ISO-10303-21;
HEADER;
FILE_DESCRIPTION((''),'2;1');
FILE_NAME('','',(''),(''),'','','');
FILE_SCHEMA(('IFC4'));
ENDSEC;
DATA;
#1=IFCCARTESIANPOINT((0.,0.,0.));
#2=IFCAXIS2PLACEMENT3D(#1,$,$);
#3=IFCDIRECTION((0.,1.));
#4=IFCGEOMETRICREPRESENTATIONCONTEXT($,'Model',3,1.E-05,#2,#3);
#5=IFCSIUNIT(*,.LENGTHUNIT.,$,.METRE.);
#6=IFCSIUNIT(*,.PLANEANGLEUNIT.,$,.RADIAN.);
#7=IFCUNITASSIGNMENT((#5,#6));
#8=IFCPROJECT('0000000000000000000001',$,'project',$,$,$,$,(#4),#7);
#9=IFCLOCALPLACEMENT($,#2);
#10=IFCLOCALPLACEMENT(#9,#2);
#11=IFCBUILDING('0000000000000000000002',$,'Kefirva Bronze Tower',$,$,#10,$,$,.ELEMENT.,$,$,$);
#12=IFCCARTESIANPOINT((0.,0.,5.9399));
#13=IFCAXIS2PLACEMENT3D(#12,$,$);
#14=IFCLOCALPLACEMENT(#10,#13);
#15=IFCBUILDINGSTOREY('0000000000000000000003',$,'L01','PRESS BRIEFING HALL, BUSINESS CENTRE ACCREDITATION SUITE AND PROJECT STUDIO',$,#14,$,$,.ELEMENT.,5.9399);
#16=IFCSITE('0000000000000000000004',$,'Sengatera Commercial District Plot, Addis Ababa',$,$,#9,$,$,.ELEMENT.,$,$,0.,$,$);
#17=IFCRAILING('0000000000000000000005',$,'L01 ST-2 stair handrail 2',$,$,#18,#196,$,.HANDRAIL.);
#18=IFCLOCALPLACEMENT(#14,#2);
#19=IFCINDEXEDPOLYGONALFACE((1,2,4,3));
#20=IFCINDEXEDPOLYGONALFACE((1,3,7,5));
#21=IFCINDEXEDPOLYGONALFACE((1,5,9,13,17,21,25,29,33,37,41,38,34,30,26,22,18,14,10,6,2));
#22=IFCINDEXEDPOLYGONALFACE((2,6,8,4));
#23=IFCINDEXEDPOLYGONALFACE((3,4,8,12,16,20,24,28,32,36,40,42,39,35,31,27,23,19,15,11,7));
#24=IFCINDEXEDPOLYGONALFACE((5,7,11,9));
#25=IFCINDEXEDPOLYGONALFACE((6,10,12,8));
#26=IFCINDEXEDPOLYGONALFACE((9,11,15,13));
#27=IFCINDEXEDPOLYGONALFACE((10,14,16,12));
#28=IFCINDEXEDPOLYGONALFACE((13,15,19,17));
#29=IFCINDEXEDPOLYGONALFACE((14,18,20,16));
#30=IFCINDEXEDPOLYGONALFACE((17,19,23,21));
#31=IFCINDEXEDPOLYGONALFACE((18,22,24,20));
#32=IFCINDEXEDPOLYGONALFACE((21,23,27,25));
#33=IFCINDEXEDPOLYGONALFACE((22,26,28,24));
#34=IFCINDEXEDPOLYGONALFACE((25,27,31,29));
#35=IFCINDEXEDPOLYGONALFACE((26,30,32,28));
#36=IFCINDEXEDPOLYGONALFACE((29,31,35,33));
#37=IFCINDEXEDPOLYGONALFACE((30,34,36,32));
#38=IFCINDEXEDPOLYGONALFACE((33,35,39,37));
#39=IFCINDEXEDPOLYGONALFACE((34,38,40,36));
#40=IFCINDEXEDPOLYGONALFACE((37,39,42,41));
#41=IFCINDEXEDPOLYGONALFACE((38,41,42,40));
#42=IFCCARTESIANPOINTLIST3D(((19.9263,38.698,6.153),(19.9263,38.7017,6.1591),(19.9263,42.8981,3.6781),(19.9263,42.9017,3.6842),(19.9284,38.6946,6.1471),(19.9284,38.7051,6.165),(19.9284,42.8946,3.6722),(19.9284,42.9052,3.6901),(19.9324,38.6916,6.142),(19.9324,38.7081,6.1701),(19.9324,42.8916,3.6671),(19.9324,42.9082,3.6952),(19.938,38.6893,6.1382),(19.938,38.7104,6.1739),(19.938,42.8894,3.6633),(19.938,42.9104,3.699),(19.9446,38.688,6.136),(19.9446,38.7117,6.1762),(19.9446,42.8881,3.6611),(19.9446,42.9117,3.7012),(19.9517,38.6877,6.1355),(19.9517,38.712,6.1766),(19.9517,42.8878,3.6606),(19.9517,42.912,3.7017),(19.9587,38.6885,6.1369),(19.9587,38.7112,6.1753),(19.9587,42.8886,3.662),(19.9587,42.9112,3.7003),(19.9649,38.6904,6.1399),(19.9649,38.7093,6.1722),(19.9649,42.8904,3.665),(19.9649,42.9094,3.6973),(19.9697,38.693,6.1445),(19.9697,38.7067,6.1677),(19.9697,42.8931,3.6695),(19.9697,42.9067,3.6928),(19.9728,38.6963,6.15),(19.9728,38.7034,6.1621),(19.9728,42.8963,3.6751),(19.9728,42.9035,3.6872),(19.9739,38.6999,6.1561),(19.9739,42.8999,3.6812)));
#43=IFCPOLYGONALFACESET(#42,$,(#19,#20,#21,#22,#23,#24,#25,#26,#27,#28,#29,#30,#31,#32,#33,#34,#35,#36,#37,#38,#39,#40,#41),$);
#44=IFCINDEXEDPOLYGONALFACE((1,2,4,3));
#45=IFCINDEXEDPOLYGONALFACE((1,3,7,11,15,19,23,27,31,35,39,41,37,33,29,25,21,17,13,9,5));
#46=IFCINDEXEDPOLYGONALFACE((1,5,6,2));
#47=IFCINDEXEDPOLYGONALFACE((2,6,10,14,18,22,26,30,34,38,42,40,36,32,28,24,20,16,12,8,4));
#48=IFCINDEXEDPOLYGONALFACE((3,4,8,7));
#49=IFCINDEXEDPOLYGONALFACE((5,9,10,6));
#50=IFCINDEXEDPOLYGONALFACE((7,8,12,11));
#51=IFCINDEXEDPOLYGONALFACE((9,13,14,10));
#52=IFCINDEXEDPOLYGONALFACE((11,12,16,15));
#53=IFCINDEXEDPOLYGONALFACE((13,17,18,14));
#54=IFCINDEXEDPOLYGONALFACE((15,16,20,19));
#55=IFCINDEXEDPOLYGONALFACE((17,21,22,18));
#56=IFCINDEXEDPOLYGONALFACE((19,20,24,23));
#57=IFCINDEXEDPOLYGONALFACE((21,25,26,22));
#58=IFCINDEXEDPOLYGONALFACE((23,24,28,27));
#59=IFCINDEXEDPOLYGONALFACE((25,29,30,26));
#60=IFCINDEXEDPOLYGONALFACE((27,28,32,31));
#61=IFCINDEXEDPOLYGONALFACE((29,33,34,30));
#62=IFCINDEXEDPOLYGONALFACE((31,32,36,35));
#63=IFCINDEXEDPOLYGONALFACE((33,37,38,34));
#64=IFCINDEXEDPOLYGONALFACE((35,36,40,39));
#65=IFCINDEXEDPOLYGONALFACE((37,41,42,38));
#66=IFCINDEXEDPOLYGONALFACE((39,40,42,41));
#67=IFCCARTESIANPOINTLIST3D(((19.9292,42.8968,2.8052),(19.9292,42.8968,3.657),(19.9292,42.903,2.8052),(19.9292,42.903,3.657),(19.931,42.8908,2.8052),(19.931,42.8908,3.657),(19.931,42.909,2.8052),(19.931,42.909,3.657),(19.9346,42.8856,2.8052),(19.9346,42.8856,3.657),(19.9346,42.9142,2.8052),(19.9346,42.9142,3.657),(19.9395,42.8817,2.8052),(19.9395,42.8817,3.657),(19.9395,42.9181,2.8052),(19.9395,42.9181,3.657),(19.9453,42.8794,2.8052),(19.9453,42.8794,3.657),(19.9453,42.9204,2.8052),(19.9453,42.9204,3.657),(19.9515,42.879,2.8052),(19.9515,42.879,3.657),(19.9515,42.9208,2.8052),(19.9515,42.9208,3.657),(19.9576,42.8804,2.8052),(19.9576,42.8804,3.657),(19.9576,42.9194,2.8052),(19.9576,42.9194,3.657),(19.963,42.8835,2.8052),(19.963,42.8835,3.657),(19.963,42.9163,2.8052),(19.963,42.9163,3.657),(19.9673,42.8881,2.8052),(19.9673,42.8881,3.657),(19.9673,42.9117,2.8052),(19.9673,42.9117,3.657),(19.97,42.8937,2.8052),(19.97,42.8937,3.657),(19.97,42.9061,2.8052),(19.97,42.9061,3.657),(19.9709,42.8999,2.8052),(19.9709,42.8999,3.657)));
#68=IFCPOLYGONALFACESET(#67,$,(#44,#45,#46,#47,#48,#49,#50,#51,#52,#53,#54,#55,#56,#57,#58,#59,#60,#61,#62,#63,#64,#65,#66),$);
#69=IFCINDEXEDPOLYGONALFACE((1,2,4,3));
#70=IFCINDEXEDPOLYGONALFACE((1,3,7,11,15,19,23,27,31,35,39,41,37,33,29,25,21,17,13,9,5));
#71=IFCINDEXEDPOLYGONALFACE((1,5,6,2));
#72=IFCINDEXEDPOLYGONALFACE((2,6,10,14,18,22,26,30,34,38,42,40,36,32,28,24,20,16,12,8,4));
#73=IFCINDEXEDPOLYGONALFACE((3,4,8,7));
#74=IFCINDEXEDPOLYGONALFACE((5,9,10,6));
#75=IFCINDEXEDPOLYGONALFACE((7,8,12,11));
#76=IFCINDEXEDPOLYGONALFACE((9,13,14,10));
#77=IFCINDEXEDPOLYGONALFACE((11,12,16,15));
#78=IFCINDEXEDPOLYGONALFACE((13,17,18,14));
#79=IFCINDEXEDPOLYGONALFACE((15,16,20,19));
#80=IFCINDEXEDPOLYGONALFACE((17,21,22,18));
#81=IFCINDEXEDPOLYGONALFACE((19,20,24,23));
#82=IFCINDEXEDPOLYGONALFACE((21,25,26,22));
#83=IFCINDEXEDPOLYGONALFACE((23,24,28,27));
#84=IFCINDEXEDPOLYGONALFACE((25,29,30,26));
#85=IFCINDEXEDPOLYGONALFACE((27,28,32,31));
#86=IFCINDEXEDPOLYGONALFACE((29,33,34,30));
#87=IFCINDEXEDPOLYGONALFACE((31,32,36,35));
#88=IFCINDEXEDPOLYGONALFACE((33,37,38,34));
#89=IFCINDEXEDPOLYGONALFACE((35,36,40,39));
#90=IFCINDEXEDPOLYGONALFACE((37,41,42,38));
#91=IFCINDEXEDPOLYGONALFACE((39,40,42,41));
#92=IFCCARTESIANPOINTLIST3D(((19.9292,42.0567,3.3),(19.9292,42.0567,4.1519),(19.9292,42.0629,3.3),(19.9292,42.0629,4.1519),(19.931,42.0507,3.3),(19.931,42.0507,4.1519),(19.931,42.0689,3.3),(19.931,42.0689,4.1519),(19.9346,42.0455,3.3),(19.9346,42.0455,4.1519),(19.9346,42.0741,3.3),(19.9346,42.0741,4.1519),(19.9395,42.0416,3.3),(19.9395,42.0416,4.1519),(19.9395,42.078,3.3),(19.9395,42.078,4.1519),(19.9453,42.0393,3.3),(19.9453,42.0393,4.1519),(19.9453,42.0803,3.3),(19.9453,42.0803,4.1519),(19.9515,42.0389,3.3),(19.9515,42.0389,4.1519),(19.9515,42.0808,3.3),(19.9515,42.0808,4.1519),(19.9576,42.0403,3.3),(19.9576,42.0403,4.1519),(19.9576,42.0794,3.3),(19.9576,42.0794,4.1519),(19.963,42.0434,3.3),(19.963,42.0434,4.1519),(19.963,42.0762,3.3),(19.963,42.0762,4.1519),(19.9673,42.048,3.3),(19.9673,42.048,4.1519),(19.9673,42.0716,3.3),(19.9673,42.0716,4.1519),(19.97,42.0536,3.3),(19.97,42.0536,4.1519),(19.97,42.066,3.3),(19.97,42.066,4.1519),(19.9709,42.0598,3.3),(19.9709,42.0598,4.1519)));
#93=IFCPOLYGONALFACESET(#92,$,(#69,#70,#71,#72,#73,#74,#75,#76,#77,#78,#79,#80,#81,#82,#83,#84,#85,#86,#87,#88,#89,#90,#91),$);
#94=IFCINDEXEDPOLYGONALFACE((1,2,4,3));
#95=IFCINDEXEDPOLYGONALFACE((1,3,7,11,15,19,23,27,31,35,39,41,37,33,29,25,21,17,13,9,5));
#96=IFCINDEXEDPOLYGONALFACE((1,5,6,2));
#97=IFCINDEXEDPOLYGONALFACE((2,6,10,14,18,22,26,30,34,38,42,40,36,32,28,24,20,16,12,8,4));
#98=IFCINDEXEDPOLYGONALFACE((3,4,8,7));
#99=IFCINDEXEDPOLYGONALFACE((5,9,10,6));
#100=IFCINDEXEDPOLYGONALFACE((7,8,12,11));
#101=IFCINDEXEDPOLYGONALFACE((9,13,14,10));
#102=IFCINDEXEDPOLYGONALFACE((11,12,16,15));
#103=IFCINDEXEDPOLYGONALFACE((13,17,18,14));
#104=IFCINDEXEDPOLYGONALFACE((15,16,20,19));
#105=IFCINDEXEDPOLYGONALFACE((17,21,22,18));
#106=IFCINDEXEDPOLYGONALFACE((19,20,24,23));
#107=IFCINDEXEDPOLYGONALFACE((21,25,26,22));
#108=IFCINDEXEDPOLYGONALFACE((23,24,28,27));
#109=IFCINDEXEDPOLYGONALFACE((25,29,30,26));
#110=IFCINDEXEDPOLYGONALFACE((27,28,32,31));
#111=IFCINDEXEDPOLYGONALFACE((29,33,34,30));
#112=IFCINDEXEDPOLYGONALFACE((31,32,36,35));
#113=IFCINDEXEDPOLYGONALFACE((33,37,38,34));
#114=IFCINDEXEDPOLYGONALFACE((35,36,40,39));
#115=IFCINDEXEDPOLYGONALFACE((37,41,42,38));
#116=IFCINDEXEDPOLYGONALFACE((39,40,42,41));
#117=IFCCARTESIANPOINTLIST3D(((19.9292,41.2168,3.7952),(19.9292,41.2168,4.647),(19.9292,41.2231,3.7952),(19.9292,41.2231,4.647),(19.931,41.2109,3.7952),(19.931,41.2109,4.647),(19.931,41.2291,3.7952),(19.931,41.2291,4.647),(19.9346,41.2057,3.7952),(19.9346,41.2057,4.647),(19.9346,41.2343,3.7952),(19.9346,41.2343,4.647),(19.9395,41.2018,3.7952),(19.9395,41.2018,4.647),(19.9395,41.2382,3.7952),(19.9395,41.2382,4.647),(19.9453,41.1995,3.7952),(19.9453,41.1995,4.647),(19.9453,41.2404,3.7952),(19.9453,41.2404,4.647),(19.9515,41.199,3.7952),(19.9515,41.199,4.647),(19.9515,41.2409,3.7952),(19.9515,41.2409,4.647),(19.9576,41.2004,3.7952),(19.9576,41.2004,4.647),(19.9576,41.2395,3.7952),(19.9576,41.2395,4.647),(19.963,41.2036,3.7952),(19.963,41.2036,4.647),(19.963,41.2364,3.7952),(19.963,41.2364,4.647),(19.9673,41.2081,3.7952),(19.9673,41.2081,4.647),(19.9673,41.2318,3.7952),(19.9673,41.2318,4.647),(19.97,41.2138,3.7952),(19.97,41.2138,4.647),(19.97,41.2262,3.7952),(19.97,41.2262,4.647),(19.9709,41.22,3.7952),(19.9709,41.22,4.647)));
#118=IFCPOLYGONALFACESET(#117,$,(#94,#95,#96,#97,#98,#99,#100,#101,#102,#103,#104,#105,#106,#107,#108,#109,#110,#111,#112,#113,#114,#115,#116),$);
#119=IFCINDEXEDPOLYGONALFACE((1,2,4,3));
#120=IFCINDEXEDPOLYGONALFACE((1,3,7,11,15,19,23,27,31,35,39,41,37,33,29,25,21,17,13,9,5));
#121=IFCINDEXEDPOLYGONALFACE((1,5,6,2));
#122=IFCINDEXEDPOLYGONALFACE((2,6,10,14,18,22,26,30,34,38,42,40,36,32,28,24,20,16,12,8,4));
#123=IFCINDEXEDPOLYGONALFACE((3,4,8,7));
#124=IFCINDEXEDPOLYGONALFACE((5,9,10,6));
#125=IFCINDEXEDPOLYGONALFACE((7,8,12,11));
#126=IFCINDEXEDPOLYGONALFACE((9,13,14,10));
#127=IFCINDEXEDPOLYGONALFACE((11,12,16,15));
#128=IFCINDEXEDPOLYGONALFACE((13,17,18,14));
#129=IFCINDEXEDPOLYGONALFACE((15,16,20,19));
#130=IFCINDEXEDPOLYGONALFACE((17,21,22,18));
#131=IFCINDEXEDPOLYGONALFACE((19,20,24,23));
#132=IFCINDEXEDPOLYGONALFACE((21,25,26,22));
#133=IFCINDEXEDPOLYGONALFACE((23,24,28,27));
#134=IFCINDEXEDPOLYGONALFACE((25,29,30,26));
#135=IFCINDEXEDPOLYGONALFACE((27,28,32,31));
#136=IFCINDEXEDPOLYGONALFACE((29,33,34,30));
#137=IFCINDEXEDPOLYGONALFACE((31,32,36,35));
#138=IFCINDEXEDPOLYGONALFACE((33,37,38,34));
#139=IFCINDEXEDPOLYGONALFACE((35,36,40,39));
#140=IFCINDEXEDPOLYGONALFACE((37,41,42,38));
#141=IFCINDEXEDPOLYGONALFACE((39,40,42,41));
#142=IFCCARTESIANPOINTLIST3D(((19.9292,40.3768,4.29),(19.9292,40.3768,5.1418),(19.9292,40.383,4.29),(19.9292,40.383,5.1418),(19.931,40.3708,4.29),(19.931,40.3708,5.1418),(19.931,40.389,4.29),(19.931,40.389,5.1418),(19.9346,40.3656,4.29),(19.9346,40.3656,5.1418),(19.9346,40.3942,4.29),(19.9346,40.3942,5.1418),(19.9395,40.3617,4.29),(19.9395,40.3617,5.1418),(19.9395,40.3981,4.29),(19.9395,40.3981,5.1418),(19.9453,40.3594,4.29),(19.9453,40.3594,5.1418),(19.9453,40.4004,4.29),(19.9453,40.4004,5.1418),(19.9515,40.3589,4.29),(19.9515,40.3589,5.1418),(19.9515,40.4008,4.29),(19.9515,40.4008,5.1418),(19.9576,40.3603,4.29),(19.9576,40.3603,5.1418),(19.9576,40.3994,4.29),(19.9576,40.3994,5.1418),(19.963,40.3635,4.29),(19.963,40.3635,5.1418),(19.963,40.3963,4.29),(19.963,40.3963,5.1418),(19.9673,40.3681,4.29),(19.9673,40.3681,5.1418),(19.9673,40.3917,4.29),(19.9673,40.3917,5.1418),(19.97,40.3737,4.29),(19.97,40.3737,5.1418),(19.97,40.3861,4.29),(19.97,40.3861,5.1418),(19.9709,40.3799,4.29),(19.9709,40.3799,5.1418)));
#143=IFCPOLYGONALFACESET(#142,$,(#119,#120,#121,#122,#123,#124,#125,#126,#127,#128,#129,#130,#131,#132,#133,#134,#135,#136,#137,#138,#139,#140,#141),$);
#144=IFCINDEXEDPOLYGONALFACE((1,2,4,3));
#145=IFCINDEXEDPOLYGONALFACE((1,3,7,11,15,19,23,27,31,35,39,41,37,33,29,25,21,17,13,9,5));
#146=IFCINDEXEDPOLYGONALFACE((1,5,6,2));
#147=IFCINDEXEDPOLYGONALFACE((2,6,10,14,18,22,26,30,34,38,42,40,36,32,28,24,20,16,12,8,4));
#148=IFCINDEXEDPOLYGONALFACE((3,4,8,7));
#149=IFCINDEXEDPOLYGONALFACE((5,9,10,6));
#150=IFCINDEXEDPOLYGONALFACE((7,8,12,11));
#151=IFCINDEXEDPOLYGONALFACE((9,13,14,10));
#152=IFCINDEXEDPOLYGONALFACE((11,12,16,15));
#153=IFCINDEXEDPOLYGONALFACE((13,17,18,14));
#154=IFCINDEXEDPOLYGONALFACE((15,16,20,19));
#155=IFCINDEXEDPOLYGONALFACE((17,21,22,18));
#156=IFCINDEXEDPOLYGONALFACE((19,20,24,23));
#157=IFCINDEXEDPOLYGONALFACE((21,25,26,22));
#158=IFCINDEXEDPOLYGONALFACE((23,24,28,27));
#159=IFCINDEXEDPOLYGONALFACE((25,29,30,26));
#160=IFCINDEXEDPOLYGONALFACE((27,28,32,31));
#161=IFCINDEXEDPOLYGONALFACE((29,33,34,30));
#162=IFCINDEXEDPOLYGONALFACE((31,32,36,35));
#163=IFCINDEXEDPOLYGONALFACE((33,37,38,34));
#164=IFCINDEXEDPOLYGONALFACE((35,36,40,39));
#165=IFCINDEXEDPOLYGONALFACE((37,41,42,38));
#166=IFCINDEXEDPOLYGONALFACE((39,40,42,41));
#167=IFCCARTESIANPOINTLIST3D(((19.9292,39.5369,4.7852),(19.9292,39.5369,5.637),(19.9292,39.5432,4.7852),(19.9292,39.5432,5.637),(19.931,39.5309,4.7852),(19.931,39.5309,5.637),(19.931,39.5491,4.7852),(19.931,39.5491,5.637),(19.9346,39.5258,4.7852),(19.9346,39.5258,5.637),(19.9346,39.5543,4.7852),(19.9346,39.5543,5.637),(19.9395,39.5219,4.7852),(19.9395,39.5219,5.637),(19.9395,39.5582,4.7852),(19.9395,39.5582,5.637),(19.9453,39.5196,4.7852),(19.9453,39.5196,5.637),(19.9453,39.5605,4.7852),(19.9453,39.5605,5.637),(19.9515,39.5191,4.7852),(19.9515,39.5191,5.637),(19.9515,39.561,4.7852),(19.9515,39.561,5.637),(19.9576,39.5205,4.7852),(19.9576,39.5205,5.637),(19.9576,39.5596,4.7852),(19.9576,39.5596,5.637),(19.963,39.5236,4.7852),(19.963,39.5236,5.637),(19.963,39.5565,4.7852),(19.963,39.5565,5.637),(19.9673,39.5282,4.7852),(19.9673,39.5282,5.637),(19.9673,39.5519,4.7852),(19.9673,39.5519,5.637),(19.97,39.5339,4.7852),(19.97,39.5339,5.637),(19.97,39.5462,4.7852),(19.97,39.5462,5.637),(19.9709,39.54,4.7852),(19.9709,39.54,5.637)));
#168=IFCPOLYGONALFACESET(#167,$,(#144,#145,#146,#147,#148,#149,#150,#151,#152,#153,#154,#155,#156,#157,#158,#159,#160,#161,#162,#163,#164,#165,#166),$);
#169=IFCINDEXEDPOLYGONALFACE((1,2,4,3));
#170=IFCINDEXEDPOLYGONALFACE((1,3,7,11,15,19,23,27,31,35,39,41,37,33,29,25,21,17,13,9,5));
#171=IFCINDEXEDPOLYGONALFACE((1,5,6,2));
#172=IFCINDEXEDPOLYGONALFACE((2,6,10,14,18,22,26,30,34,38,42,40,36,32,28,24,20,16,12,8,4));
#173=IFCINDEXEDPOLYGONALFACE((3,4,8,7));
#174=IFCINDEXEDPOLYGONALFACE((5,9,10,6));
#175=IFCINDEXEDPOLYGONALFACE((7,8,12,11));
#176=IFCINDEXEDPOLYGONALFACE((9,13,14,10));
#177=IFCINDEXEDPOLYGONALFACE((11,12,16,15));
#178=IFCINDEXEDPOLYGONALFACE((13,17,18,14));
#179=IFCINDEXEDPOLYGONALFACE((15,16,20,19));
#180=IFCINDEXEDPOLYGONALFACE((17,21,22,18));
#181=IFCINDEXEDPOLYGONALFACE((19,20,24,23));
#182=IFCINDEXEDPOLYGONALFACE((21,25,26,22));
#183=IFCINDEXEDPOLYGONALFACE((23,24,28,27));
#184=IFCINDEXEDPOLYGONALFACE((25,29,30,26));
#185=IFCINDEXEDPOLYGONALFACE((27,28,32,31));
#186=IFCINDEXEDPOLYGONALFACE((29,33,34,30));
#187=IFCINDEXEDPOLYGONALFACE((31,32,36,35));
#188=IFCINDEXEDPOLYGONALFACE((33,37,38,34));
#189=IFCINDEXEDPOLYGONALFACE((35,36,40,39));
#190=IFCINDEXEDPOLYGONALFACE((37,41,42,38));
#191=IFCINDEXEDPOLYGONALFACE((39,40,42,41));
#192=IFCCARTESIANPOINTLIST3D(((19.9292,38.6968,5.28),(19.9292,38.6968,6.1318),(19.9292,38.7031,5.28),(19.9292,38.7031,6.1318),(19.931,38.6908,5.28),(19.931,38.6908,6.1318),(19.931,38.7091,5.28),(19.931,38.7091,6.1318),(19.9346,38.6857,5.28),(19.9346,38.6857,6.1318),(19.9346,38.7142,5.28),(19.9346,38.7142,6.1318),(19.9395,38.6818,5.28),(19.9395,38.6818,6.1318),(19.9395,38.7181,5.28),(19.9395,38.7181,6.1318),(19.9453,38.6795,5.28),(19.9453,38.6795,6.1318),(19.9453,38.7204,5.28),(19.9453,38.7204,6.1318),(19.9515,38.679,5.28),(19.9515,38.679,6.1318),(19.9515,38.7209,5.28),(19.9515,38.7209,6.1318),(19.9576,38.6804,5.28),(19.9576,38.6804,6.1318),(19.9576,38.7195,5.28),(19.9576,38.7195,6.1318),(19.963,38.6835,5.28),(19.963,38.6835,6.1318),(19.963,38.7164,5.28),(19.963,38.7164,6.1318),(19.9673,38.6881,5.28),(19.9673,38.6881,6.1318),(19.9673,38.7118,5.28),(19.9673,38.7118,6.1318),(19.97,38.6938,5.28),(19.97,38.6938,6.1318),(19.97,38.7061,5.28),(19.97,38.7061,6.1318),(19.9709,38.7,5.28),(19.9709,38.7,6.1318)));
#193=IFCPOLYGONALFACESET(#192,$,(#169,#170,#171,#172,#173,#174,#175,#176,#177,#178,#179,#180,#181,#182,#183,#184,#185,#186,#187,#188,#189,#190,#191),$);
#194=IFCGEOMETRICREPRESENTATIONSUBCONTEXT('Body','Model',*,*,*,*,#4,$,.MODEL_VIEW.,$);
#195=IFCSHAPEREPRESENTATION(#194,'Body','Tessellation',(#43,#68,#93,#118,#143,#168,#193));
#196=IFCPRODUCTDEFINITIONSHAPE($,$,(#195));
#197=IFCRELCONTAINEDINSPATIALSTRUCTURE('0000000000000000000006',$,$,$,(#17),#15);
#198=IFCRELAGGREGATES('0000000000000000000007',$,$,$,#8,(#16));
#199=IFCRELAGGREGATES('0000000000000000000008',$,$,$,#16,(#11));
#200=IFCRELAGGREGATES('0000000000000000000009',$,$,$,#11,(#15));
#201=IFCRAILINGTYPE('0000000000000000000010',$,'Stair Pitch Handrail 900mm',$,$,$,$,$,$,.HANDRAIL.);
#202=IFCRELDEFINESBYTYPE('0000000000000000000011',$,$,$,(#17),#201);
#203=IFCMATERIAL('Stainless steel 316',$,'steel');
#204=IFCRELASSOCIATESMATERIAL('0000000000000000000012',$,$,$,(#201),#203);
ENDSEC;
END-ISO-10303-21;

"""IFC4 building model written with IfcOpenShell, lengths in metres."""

from ifc_helpers import new_model, si_unit, direction, frame, origin, origin_2d, place, context, subcontext, project, spatial, circle, extrude, material, type_object, element, save


model = new_model("IFC4")

# Units and contexts
model_context = context("Model", 3, precision=1e-05, world=origin(), true_north=direction((0.0, 1.0)))
body_context = subcontext(model_context, "Body", "Model", "MODEL_VIEW")
ifc_project = project(units=[si_unit("LENGTHUNIT", "METRE"), si_unit("PLANEANGLEUNIT", "RADIAN")], contexts=[model_context])

# Site, building, storey
site_placement = place(None, origin())
site = spatial("IfcSite", under=ifc_project, at=site_placement, Name="Sengatera Commercial District Plot, Addis Ababa", CompositionType="ELEMENT", RefElevation=0.0)
building_placement = place(site_placement, origin())
building = spatial("IfcBuilding", under=site, at=building_placement, Name="Kefirva Bronze Tower", CompositionType="ELEMENT")
storey_placement = place(building_placement, frame((0.0, 0.0, 5.9399)))
storey = spatial("IfcBuildingStorey", under=building, at=storey_placement, Name="L01", Description="PRESS BRIEFING HALL, BUSINESS CENTRE ACCREDITATION SUITE AND PROJECT STUDIO", CompositionType="ELEMENT", Elevation=5.9399)

# Railing
ifc_material_1 = material(Name="Stainless steel 316", Category="steel")
railing_type_1 = type_object("IfcRailingType", Name="Stair Pitch Handrail 900mm", PredefinedType="HANDRAIL", material=ifc_material_1)
railing_1_placement = place(storey_placement, frame((19.95, 42.8999, 2.8052)))
element("IfcRailing", 1, at=railing_1_placement, inside=storey, type_object=railing_type_1, Name="L01 ST-2 stair handrail 2", PredefinedType="HANDRAIL", context=body_context, shape_type="SweptSolid", body=[
    extrude(circle(Radius=0.0239, at=origin_2d()), frame((0.0, 0.0, 0.876), z_axis=(0.0, -0.861549, 0.507674), x_axis=(1.0, 0.0, 0.0)), (0.0, 0.0, 1.0), 4.875),
    extrude(circle(Radius=0.021, at=origin_2d()), origin(), (0.0, 0.0, 1.0), 0.8518),
    extrude(circle(Radius=0.021, at=origin_2d()), frame((0.0, -0.8401, 0.4949)), (0.0, 0.0, 1.0), 0.8518),
    extrude(circle(Radius=0.021, at=origin_2d()), frame((0.0, -1.6799, 0.99)), (0.0, 0.0, 1.0), 0.8518),
    extrude(circle(Radius=0.021, at=origin_2d()), frame((0.0, -2.52, 1.4849)), (0.0, 0.0, 1.0), 0.8518),
    extrude(circle(Radius=0.021, at=origin_2d()), frame((0.0, -3.3599, 1.98)), (0.0, 0.0, 1.0), 0.8518),
    extrude(circle(Radius=0.021, at=origin_2d()), frame((0.0, -4.2, 2.4749)), (0.0, 0.0, 1.0), 0.8518),
])

save(model, "model.ifc")
